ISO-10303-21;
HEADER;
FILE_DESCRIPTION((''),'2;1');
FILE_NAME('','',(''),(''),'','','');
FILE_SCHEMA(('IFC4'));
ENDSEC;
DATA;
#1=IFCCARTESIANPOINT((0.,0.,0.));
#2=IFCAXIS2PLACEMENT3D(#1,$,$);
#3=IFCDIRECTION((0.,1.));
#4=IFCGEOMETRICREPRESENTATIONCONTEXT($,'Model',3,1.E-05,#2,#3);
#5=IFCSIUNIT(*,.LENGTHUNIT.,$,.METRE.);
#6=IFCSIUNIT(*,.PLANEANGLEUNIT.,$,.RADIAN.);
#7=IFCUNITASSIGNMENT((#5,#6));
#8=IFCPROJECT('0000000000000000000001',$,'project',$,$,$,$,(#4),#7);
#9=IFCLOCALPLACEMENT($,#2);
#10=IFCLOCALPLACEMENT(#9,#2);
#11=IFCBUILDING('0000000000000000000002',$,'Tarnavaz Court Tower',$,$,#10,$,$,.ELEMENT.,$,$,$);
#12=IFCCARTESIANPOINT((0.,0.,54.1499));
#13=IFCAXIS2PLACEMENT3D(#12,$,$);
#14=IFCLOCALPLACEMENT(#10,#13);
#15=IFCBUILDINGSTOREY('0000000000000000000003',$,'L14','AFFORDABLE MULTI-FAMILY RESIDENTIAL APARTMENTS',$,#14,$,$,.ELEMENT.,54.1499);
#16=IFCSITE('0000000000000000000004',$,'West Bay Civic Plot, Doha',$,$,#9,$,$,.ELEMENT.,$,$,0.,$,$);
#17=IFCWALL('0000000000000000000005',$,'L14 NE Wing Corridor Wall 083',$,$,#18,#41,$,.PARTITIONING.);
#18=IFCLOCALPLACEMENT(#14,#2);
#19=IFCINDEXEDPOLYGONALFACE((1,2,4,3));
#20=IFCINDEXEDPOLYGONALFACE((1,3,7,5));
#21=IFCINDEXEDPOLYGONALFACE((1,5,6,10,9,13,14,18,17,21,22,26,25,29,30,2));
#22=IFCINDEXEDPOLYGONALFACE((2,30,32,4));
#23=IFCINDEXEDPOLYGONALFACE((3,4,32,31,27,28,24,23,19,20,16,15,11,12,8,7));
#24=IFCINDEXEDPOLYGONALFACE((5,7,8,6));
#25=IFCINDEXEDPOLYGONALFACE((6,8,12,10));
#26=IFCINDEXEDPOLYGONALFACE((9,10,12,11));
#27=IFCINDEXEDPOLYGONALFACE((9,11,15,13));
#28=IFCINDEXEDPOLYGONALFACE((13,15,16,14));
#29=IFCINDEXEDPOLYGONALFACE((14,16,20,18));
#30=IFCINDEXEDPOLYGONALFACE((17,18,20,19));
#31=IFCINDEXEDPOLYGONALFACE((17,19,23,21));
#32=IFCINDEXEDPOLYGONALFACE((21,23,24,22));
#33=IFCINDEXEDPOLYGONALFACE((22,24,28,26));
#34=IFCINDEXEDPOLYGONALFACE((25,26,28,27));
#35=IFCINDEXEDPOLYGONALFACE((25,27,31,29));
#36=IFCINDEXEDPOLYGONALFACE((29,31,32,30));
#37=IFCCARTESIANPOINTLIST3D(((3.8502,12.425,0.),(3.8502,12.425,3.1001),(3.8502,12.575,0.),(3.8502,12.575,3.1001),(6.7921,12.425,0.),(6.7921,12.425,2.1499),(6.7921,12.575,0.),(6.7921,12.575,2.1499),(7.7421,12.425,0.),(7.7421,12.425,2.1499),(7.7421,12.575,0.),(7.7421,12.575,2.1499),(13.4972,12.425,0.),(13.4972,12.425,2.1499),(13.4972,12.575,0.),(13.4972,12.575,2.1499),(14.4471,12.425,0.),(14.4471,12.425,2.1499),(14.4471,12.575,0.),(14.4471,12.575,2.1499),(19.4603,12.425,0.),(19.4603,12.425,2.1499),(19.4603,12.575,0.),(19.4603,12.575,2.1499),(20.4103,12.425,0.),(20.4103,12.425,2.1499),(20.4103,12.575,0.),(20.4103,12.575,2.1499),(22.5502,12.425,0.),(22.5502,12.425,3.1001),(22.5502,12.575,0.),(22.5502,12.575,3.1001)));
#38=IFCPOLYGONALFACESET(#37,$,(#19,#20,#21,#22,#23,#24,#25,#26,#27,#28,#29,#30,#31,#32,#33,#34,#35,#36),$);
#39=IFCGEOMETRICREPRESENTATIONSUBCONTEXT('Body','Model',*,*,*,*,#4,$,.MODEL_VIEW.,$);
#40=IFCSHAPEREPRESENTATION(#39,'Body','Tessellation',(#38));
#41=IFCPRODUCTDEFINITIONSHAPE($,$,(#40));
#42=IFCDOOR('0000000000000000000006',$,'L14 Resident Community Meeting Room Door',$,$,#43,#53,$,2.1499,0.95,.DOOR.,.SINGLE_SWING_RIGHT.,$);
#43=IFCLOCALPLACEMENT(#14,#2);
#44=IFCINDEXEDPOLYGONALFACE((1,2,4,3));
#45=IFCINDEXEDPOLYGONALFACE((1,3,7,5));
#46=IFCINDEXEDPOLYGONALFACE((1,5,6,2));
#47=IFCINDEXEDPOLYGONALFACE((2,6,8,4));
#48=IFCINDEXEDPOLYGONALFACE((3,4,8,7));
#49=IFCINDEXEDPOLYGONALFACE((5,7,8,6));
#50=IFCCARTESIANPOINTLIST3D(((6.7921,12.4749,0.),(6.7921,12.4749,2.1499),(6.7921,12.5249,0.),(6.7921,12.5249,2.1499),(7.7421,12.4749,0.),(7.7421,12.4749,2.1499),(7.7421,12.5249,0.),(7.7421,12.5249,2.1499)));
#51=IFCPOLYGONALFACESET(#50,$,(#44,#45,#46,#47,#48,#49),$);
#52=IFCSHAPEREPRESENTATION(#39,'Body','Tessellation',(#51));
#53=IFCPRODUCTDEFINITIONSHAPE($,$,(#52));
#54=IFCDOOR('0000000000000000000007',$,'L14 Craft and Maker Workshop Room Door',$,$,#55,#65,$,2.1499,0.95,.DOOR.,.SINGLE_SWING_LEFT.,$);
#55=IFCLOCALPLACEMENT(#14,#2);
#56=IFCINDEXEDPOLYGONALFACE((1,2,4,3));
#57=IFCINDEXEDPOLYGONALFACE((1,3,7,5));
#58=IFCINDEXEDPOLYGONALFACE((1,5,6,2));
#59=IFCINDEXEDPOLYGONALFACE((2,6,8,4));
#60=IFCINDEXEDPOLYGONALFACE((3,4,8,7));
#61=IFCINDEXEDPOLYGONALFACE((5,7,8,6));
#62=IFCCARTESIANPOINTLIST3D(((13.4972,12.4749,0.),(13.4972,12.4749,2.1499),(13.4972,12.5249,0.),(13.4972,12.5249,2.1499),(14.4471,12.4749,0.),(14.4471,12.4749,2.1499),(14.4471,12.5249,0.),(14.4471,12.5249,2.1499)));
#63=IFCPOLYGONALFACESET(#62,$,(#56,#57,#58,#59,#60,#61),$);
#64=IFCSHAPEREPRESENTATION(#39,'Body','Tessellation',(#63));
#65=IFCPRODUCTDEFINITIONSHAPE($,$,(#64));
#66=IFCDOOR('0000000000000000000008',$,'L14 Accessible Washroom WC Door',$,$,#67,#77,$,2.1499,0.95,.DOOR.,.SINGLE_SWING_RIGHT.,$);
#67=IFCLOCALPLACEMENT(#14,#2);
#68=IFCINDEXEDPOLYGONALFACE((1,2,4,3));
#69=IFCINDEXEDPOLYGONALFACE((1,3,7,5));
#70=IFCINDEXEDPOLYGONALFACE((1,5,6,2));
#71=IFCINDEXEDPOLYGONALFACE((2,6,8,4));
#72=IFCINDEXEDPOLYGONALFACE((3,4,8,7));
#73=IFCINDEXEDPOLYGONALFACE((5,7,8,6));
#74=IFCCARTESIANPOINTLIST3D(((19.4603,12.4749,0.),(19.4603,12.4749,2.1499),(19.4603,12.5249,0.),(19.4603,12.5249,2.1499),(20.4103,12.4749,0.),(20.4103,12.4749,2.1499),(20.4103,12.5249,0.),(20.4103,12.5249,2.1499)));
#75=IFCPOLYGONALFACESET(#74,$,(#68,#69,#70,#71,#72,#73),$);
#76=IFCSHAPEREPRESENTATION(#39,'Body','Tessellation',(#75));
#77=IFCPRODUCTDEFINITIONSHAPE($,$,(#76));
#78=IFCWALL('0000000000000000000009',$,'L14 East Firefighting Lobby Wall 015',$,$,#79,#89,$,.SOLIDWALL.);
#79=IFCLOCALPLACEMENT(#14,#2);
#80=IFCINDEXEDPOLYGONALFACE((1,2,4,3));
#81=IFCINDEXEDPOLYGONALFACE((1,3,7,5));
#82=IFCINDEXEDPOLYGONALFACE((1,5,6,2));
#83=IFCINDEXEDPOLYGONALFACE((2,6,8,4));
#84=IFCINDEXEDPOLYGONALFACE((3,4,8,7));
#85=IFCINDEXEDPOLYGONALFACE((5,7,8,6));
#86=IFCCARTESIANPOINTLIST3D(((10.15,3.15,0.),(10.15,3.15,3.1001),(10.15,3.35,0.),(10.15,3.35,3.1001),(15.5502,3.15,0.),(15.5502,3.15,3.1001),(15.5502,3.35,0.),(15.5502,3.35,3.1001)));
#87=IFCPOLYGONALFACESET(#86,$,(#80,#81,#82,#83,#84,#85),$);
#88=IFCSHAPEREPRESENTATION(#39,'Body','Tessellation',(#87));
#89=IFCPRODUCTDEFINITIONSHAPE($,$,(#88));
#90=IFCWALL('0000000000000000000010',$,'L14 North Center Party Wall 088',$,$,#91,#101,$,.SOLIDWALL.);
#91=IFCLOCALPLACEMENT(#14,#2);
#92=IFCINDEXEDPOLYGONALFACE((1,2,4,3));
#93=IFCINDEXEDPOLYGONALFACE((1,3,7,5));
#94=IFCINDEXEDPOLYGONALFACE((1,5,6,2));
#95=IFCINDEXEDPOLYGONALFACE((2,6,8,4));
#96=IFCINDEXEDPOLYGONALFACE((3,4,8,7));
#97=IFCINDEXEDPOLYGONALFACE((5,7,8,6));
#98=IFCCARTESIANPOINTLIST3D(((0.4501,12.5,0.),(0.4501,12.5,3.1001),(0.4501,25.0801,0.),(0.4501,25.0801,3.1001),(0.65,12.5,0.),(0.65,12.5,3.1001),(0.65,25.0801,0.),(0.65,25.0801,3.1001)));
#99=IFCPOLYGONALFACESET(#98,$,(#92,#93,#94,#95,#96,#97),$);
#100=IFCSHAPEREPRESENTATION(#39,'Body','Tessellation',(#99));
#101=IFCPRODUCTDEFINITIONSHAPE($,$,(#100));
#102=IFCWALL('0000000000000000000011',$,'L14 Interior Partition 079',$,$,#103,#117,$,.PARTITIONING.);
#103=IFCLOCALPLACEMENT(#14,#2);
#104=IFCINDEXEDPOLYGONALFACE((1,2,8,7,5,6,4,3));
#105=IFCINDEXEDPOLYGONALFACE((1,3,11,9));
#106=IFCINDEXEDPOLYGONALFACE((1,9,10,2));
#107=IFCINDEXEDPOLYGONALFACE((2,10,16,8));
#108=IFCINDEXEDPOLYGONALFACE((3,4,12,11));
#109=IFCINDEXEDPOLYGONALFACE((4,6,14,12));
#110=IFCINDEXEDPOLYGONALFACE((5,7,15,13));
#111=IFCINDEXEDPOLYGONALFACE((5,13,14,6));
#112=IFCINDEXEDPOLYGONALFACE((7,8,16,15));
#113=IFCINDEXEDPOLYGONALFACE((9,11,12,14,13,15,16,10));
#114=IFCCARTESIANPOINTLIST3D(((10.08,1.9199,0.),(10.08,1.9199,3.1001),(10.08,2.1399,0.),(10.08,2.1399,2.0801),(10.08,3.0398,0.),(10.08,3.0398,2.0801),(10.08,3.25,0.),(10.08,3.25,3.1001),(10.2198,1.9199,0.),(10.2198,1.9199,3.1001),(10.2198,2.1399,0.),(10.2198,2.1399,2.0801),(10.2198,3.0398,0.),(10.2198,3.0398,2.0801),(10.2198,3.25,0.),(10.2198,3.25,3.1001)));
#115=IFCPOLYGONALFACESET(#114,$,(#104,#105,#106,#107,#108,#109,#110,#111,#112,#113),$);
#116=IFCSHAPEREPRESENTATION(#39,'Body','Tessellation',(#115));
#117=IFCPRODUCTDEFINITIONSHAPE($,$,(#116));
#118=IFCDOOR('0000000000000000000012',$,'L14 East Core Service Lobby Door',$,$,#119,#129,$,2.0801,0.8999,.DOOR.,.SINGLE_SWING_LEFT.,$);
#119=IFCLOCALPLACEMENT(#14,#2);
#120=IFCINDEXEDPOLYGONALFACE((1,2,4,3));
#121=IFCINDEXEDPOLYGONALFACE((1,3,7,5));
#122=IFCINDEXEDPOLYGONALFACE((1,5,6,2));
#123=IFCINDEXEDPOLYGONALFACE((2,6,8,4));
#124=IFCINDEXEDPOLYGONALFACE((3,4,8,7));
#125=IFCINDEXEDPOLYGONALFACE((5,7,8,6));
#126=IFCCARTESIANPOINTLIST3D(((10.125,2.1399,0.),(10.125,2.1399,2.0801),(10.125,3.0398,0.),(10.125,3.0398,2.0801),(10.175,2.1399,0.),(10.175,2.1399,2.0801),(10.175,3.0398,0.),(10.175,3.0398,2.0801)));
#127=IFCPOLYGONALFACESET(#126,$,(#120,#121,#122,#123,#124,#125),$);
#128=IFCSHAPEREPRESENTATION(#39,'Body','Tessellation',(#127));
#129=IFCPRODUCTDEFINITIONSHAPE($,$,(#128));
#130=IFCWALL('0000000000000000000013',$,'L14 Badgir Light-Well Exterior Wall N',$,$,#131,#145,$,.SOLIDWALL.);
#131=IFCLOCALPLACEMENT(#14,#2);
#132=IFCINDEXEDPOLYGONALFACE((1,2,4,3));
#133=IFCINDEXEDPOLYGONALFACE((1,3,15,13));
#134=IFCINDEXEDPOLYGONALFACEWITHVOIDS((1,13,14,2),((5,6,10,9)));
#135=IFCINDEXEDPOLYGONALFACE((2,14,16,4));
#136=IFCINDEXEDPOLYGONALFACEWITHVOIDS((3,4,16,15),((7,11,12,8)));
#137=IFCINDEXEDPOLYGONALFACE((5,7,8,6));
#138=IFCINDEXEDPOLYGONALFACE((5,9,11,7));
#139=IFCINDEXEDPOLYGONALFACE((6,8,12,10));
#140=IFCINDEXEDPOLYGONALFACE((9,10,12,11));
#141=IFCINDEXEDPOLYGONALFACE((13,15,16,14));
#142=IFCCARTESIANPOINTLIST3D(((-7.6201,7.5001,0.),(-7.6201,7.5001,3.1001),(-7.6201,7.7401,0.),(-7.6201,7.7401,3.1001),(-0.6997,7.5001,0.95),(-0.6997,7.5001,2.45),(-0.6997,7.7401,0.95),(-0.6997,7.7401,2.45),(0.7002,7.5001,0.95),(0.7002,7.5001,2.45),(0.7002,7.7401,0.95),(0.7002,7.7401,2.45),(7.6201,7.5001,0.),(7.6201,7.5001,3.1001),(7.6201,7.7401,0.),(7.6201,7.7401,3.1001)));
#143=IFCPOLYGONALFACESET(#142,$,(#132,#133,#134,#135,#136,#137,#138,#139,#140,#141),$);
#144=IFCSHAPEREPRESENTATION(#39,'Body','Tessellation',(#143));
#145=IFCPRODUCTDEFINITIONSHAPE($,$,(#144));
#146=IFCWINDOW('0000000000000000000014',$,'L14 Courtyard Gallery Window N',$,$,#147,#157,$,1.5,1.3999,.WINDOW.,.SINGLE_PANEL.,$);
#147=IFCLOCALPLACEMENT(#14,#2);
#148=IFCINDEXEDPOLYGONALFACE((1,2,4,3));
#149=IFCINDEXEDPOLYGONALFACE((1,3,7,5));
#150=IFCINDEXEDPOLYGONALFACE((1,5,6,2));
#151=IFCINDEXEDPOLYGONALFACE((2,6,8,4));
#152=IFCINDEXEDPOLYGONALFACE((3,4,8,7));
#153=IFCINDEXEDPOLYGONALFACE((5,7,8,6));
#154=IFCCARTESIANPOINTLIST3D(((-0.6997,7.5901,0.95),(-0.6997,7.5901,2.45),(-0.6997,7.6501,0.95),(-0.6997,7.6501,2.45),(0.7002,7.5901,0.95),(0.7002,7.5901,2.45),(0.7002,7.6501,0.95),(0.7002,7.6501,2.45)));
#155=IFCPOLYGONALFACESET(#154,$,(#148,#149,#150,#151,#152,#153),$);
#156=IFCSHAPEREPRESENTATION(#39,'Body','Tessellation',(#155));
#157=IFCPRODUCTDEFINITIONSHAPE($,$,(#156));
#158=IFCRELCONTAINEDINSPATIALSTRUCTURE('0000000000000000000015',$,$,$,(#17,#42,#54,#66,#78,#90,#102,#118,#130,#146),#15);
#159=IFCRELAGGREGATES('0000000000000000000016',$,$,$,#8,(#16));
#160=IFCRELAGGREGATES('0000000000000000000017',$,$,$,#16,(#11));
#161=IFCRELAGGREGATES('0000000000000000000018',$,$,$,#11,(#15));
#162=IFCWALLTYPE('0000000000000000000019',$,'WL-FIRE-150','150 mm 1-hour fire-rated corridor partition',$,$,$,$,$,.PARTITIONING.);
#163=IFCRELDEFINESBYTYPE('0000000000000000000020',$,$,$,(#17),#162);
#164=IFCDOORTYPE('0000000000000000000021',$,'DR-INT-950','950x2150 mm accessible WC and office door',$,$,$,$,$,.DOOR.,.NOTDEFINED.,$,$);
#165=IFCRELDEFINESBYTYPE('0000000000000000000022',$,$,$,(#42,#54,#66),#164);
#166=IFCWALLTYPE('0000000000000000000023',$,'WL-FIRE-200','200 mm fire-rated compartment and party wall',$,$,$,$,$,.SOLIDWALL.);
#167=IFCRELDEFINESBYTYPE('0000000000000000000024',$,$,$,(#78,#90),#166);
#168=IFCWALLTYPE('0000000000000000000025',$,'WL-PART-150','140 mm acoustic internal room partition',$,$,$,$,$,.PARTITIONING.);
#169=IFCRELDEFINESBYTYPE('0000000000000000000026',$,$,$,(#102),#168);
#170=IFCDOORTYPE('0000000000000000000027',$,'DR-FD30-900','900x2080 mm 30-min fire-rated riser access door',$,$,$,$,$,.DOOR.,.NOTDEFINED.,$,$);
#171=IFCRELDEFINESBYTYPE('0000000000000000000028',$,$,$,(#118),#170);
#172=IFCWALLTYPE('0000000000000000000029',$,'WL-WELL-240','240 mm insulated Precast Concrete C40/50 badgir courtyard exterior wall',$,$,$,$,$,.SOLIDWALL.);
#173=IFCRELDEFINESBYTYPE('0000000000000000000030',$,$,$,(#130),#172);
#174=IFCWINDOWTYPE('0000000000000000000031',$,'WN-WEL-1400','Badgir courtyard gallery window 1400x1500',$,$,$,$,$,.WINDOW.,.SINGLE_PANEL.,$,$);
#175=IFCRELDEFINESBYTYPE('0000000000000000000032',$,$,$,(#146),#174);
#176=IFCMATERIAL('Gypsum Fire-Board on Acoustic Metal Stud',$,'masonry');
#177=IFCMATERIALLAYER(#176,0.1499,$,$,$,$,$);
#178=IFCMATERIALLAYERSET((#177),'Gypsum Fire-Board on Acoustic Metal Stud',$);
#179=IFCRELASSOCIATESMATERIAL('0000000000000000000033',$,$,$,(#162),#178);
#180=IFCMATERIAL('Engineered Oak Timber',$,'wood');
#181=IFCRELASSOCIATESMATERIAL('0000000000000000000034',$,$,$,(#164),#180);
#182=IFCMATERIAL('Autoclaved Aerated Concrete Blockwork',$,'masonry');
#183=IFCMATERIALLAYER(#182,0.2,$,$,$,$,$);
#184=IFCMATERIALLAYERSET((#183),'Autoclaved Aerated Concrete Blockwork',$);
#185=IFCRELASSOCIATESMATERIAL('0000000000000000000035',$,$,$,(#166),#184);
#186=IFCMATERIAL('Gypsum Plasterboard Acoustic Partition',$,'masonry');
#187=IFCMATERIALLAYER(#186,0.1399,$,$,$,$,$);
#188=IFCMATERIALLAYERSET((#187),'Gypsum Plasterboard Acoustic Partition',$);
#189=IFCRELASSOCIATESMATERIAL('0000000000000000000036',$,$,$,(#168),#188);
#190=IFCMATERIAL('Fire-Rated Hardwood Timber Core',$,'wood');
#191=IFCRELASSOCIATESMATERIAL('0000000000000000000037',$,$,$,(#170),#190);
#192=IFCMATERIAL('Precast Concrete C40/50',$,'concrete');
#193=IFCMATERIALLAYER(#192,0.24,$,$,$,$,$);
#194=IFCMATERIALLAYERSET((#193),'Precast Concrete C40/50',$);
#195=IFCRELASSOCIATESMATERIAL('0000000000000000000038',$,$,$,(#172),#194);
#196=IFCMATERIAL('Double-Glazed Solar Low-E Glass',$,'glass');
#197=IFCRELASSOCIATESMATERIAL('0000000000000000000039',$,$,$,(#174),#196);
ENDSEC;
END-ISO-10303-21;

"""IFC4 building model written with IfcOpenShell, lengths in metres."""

from ifc_helpers import new_model, si_unit, direction, frame, frame_2d, origin, place, context, subcontext, project, spatial, rectangle, extrude, material, layer, layer_set, type_object, element, fill, save


model = new_model("IFC4")

# Units and contexts
model_context = context("Model", 3, precision=1e-05, world=origin(), true_north=direction((0.0, 1.0)))
body_context = subcontext(model_context, "Body", "Model", "MODEL_VIEW")
ifc_project = project(units=[si_unit("LENGTHUNIT", "METRE"), si_unit("PLANEANGLEUNIT", "RADIAN")], contexts=[model_context])

# Site, building, storey
site_placement = place(None, origin())
site = spatial("IfcSite", under=ifc_project, at=site_placement, Name="West Bay Civic Plot, Doha", CompositionType="ELEMENT", RefElevation=0.0)
building_placement = place(site_placement, origin())
building = spatial("IfcBuilding", under=site, at=building_placement, Name="Tarnavaz Court Tower", CompositionType="ELEMENT")
storey_placement = place(building_placement, frame((0.0, 0.0, 54.1499)))
storey = spatial("IfcBuildingStorey", under=building, at=storey_placement, Name="L14", Description="AFFORDABLE MULTI-FAMILY RESIDENTIAL APARTMENTS", CompositionType="ELEMENT", Elevation=54.1499)

# Shared definitions
ifc_material_1 = material(Name="Fire-Rated Hardwood Timber Core", Category="wood")

# Wall, openings, doors
ifc_material_2 = material(Name="Gypsum Fire-Board on Acoustic Metal Stud", Category="masonry")
ifc_layer_1 = layer(ifc_material_2, 0.1499)
ifc_layer_set_1 = layer_set([ifc_layer_1], Name="Gypsum Fire-Board on Acoustic Metal Stud")
wall_type_1 = type_object("IfcWallType", Name="WL-FIRE-150", Description="150 mm 1-hour fire-rated corridor partition", PredefinedType="PARTITIONING", material=ifc_layer_set_1)
wall_1_placement = place(storey_placement, frame((3.8501, 12.5, 0.0), z_axis=(0.0, 0.0, 1.0), x_axis=(1.0, 0.0, 0.0)))
wall_1 = element("IfcWall", 1, at=wall_1_placement, inside=storey, type_object=wall_type_1, Name="L14 NE Wing Corridor Wall 083", PredefinedType="PARTITIONING", context=body_context, shape_type="SweptSolid", body=[
    extrude(rectangle(XDim=18.7, YDim=0.1499, at=frame_2d((9.3501, 0.0))), origin(), (0.0, 0.0, 1.0), 3.1001),
])
opening_1_placement = place(wall_1_placement, frame((2.9419, 0.0, 0.0)))
opening_1 = element("IfcOpeningElement", 2, at=opening_1_placement, cuts=wall_1, PredefinedType="OPENING", context=body_context, shape_type="SweptSolid", body=[
    extrude(rectangle(XDim=0.95, YDim=2.1499, at=frame_2d((0.4751, 1.075))), frame((0.0, 0.085, 0.0), z_axis=(0.0, -1.0, 0.0), x_axis=(1.0, 0.0, 0.0)), (0.0, 0.0, 1.0), 0.1699),
])
opening_2_placement = place(wall_1_placement, frame((9.647, 0.0, 0.0)))
opening_2 = element("IfcOpeningElement", 3, at=opening_2_placement, cuts=wall_1, PredefinedType="OPENING", context=body_context, shape_type="SweptSolid", body=[
    extrude(rectangle(XDim=0.95, YDim=2.1499, at=frame_2d((0.4751, 1.075))), frame((0.0, 0.085, 0.0), z_axis=(0.0, -1.0, 0.0), x_axis=(1.0, 0.0, 0.0)), (0.0, 0.0, 1.0), 0.1699),
])
opening_3_placement = place(wall_1_placement, frame((15.6101, 0.0, 0.0)))
opening_3 = element("IfcOpeningElement", 4, at=opening_3_placement, cuts=wall_1, PredefinedType="OPENING", context=body_context, shape_type="SweptSolid", body=[
    extrude(rectangle(XDim=0.95, YDim=2.1499, at=frame_2d((0.4751, 1.075))), frame((0.0, 0.085, 0.0), z_axis=(0.0, -1.0, 0.0), x_axis=(1.0, 0.0, 0.0)), (0.0, 0.0, 1.0), 0.1699),
])
ifc_material_3 = material(Name="Engineered Oak Timber", Category="wood")
door_type_1 = type_object("IfcDoorType", Name="DR-INT-950", Description="950x2150 mm accessible WC and office door", OperationType="NOTDEFINED", PredefinedType="DOOR", material=ifc_material_3)
door_1_placement = place(opening_1_placement, origin())
door_1 = element("IfcDoor", 5, at=door_1_placement, inside=storey, type_object=door_type_1, Name="L14 Resident Community Meeting Room Door", OperationType="SINGLE_SWING_RIGHT", OverallHeight=2.1499, OverallWidth=0.95, PredefinedType="DOOR", context=body_context, shape_type="SweptSolid", body=[
    extrude(rectangle(XDim=0.95, YDim=2.1499, at=frame_2d((0.4751, 1.075))), frame((0.0, 0.0249, 0.0), z_axis=(0.0, -1.0, 0.0), x_axis=(1.0, 0.0, 0.0)), (0.0, 0.0, 1.0), 0.05),
])
fill(opening_1, door_1)
door_2_placement = place(opening_2_placement, origin())
door_2 = element("IfcDoor", 6, at=door_2_placement, inside=storey, type_object=door_type_1, Name="L14 Craft and Maker Workshop Room Door", OperationType="SINGLE_SWING_LEFT", OverallHeight=2.1499, OverallWidth=0.95, PredefinedType="DOOR", context=body_context, shape_type="SweptSolid", body=[
    extrude(rectangle(XDim=0.95, YDim=2.1499, at=frame_2d((0.4751, 1.075))), frame((0.0, 0.0249, 0.0), z_axis=(0.0, -1.0, 0.0), x_axis=(1.0, 0.0, 0.0)), (0.0, 0.0, 1.0), 0.05),
])
fill(opening_2, door_2)
door_3_placement = place(opening_3_placement, origin())
door_3 = element("IfcDoor", 7, at=door_3_placement, inside=storey, type_object=door_type_1, Name="L14 Accessible Washroom WC Door", OperationType="SINGLE_SWING_RIGHT", OverallHeight=2.1499, OverallWidth=0.95, PredefinedType="DOOR", context=body_context, shape_type="SweptSolid", body=[
    extrude(rectangle(XDim=0.95, YDim=2.1499, at=frame_2d((0.4751, 1.075))), frame((0.0, 0.0249, 0.0), z_axis=(0.0, -1.0, 0.0), x_axis=(1.0, 0.0, 0.0)), (0.0, 0.0, 1.0), 0.05),
])
fill(opening_3, door_3)

# Walls
ifc_material_4 = material(Name="Autoclaved Aerated Concrete Blockwork", Category="masonry")
ifc_layer_2 = layer(ifc_material_4, 0.2)
ifc_layer_set_2 = layer_set([ifc_layer_2], Name="Autoclaved Aerated Concrete Blockwork")
wall_type_2 = type_object("IfcWallType", Name="WL-FIRE-200", Description="200 mm fire-rated compartment and party wall", PredefinedType="SOLIDWALL", material=ifc_layer_set_2)
wall_2_placement = place(storey_placement, frame((10.1499, 3.25, 0.0), z_axis=(0.0, 0.0, 1.0), x_axis=(1.0, 0.0, 0.0)))
element("IfcWall", 8, at=wall_2_placement, inside=storey, type_object=wall_type_2, Name="L14 East Firefighting Lobby Wall 015", PredefinedType="SOLIDWALL", context=body_context, shape_type="SweptSolid", body=[
    extrude(rectangle(XDim=5.4001, YDim=0.2, at=frame_2d((2.7002, 0.0))), origin(), (0.0, 0.0, 1.0), 3.1001),
])
wall_3_placement = place(storey_placement, frame((0.55, 12.5, 0.0), z_axis=(0.0, 0.0, 1.0), x_axis=(0.0, 1.0, 0.0)))
element("IfcWall", 9, at=wall_3_placement, inside=storey, type_object=wall_type_2, Name="L14 North Center Party Wall 088", PredefinedType="SOLIDWALL", context=body_context, shape_type="SweptSolid", body=[
    extrude(rectangle(XDim=12.5801, YDim=0.2, at=frame_2d((6.29, 0.0))), origin(), (0.0, 0.0, 1.0), 3.1001),
])

# Wall, opening, door
ifc_material_5 = material(Name="Gypsum Plasterboard Acoustic Partition", Category="masonry")
ifc_layer_3 = layer(ifc_material_5, 0.1399)
ifc_layer_set_3 = layer_set([ifc_layer_3], Name="Gypsum Plasterboard Acoustic Partition")
wall_type_3 = type_object("IfcWallType", Name="WL-PART-150", Description="140 mm acoustic internal room partition", PredefinedType="PARTITIONING", material=ifc_layer_set_3)
wall_4_placement = place(storey_placement, frame((10.1499, 1.9199, 0.0), z_axis=(0.0, 0.0, 1.0), x_axis=(0.0, 1.0, 0.0)))
wall_4 = element("IfcWall", 10, at=wall_4_placement, inside=storey, type_object=wall_type_3, Name="L14 Interior Partition 079", PredefinedType="PARTITIONING", context=body_context, shape_type="SweptSolid", body=[
    extrude(rectangle(XDim=1.3301, YDim=0.1399, at=frame_2d((0.665, 0.0))), origin(), (0.0, 0.0, 1.0), 3.1001),
])
opening_4_placement = place(wall_4_placement, frame((0.22, 0.0, 0.0)))
opening_4 = element("IfcOpeningElement", 11, at=opening_4_placement, cuts=wall_4, PredefinedType="OPENING", context=body_context, shape_type="SweptSolid", body=[
    extrude(rectangle(XDim=0.8999, YDim=2.0801, at=frame_2d((0.45, 1.04))), frame((0.0, 0.0798, 0.0), z_axis=(0.0, -1.0, 0.0), x_axis=(1.0, 0.0, 0.0)), (0.0, 0.0, 1.0), 0.1599),
])
door_type_2 = type_object("IfcDoorType", Name="DR-FD30-900", Description="900x2080 mm 30-min fire-rated riser access door", OperationType="NOTDEFINED", PredefinedType="DOOR", material=ifc_material_1)
door_4_placement = place(opening_4_placement, origin())
door_4 = element("IfcDoor", 12, at=door_4_placement, inside=storey, type_object=door_type_2, Name="L14 East Core Service Lobby Door", OperationType="SINGLE_SWING_LEFT", OverallHeight=2.0801, OverallWidth=0.8999, PredefinedType="DOOR", context=body_context, shape_type="SweptSolid", body=[
    extrude(rectangle(XDim=0.8999, YDim=2.0801, at=frame_2d((0.45, 1.04))), frame((0.0, 0.0249, 0.0), z_axis=(0.0, -1.0, 0.0), x_axis=(1.0, 0.0, 0.0)), (0.0, 0.0, 1.0), 0.05),
])
fill(opening_4, door_4)

# Wall, opening, window
ifc_material_6 = material(Name="Precast Concrete C40/50", Category="concrete")
ifc_layer_4 = layer(ifc_material_6, 0.24)
ifc_layer_set_4 = layer_set([ifc_layer_4], Name="Precast Concrete C40/50")
wall_type_4 = type_object("IfcWallType", Name="WL-WELL-240", Description="240 mm insulated Precast Concrete C40/50 badgir courtyard exterior wall", PredefinedType="SOLIDWALL", material=ifc_layer_set_4)
wall_5_placement = place(storey_placement, frame((7.6201, 7.6201, 0.0), z_axis=(0.0, 0.0, 1.0), x_axis=(-1.0, 0.0, 0.0)))
wall_5 = element("IfcWall", 13, at=wall_5_placement, inside=storey, type_object=wall_type_4, Name="L14 Badgir Light-Well Exterior Wall N", PredefinedType="SOLIDWALL", context=body_context, shape_type="SweptSolid", body=[
    extrude(rectangle(XDim=15.2402, YDim=0.24, at=frame_2d((7.6201, 0.0))), origin(), (0.0, 0.0, 1.0), 3.1001),
])
opening_5_placement = place(wall_5_placement, frame((6.9199, 0.0, 0.95)))
opening_5 = element("IfcOpeningElement", 14, at=opening_5_placement, cuts=wall_5, PredefinedType="OPENING", context=body_context, shape_type="SweptSolid", body=[
    extrude(rectangle(XDim=1.3999, YDim=1.5, at=frame_2d((0.7, 0.75))), frame((0.0, 0.1299, 0.0), z_axis=(0.0, -1.0, 0.0), x_axis=(1.0, 0.0, 0.0)), (0.0, 0.0, 1.0), 0.26),
])
ifc_material_7 = material(Name="Double-Glazed Solar Low-E Glass", Category="glass")
window_type = type_object("IfcWindowType", Name="WN-WEL-1400", Description="Badgir courtyard gallery window 1400x1500", PartitioningType="SINGLE_PANEL", PredefinedType="WINDOW", material=ifc_material_7)
window_placement = place(opening_5_placement, origin())
window = element("IfcWindow", 15, at=window_placement, inside=storey, type_object=window_type, Name="L14 Courtyard Gallery Window N", OverallHeight=1.5, OverallWidth=1.3999, PartitioningType="SINGLE_PANEL", PredefinedType="WINDOW", context=body_context, shape_type="SweptSolid", body=[
    extrude(rectangle(XDim=1.3999, YDim=1.5, at=frame_2d((0.7, 0.75))), frame((0.0, 0.03, 0.0), z_axis=(0.0, -1.0, 0.0), x_axis=(1.0, 0.0, 0.0)), (0.0, 0.0, 1.0), 0.0601),
])
fill(opening_5, window)

save(model, "model.ifc")
